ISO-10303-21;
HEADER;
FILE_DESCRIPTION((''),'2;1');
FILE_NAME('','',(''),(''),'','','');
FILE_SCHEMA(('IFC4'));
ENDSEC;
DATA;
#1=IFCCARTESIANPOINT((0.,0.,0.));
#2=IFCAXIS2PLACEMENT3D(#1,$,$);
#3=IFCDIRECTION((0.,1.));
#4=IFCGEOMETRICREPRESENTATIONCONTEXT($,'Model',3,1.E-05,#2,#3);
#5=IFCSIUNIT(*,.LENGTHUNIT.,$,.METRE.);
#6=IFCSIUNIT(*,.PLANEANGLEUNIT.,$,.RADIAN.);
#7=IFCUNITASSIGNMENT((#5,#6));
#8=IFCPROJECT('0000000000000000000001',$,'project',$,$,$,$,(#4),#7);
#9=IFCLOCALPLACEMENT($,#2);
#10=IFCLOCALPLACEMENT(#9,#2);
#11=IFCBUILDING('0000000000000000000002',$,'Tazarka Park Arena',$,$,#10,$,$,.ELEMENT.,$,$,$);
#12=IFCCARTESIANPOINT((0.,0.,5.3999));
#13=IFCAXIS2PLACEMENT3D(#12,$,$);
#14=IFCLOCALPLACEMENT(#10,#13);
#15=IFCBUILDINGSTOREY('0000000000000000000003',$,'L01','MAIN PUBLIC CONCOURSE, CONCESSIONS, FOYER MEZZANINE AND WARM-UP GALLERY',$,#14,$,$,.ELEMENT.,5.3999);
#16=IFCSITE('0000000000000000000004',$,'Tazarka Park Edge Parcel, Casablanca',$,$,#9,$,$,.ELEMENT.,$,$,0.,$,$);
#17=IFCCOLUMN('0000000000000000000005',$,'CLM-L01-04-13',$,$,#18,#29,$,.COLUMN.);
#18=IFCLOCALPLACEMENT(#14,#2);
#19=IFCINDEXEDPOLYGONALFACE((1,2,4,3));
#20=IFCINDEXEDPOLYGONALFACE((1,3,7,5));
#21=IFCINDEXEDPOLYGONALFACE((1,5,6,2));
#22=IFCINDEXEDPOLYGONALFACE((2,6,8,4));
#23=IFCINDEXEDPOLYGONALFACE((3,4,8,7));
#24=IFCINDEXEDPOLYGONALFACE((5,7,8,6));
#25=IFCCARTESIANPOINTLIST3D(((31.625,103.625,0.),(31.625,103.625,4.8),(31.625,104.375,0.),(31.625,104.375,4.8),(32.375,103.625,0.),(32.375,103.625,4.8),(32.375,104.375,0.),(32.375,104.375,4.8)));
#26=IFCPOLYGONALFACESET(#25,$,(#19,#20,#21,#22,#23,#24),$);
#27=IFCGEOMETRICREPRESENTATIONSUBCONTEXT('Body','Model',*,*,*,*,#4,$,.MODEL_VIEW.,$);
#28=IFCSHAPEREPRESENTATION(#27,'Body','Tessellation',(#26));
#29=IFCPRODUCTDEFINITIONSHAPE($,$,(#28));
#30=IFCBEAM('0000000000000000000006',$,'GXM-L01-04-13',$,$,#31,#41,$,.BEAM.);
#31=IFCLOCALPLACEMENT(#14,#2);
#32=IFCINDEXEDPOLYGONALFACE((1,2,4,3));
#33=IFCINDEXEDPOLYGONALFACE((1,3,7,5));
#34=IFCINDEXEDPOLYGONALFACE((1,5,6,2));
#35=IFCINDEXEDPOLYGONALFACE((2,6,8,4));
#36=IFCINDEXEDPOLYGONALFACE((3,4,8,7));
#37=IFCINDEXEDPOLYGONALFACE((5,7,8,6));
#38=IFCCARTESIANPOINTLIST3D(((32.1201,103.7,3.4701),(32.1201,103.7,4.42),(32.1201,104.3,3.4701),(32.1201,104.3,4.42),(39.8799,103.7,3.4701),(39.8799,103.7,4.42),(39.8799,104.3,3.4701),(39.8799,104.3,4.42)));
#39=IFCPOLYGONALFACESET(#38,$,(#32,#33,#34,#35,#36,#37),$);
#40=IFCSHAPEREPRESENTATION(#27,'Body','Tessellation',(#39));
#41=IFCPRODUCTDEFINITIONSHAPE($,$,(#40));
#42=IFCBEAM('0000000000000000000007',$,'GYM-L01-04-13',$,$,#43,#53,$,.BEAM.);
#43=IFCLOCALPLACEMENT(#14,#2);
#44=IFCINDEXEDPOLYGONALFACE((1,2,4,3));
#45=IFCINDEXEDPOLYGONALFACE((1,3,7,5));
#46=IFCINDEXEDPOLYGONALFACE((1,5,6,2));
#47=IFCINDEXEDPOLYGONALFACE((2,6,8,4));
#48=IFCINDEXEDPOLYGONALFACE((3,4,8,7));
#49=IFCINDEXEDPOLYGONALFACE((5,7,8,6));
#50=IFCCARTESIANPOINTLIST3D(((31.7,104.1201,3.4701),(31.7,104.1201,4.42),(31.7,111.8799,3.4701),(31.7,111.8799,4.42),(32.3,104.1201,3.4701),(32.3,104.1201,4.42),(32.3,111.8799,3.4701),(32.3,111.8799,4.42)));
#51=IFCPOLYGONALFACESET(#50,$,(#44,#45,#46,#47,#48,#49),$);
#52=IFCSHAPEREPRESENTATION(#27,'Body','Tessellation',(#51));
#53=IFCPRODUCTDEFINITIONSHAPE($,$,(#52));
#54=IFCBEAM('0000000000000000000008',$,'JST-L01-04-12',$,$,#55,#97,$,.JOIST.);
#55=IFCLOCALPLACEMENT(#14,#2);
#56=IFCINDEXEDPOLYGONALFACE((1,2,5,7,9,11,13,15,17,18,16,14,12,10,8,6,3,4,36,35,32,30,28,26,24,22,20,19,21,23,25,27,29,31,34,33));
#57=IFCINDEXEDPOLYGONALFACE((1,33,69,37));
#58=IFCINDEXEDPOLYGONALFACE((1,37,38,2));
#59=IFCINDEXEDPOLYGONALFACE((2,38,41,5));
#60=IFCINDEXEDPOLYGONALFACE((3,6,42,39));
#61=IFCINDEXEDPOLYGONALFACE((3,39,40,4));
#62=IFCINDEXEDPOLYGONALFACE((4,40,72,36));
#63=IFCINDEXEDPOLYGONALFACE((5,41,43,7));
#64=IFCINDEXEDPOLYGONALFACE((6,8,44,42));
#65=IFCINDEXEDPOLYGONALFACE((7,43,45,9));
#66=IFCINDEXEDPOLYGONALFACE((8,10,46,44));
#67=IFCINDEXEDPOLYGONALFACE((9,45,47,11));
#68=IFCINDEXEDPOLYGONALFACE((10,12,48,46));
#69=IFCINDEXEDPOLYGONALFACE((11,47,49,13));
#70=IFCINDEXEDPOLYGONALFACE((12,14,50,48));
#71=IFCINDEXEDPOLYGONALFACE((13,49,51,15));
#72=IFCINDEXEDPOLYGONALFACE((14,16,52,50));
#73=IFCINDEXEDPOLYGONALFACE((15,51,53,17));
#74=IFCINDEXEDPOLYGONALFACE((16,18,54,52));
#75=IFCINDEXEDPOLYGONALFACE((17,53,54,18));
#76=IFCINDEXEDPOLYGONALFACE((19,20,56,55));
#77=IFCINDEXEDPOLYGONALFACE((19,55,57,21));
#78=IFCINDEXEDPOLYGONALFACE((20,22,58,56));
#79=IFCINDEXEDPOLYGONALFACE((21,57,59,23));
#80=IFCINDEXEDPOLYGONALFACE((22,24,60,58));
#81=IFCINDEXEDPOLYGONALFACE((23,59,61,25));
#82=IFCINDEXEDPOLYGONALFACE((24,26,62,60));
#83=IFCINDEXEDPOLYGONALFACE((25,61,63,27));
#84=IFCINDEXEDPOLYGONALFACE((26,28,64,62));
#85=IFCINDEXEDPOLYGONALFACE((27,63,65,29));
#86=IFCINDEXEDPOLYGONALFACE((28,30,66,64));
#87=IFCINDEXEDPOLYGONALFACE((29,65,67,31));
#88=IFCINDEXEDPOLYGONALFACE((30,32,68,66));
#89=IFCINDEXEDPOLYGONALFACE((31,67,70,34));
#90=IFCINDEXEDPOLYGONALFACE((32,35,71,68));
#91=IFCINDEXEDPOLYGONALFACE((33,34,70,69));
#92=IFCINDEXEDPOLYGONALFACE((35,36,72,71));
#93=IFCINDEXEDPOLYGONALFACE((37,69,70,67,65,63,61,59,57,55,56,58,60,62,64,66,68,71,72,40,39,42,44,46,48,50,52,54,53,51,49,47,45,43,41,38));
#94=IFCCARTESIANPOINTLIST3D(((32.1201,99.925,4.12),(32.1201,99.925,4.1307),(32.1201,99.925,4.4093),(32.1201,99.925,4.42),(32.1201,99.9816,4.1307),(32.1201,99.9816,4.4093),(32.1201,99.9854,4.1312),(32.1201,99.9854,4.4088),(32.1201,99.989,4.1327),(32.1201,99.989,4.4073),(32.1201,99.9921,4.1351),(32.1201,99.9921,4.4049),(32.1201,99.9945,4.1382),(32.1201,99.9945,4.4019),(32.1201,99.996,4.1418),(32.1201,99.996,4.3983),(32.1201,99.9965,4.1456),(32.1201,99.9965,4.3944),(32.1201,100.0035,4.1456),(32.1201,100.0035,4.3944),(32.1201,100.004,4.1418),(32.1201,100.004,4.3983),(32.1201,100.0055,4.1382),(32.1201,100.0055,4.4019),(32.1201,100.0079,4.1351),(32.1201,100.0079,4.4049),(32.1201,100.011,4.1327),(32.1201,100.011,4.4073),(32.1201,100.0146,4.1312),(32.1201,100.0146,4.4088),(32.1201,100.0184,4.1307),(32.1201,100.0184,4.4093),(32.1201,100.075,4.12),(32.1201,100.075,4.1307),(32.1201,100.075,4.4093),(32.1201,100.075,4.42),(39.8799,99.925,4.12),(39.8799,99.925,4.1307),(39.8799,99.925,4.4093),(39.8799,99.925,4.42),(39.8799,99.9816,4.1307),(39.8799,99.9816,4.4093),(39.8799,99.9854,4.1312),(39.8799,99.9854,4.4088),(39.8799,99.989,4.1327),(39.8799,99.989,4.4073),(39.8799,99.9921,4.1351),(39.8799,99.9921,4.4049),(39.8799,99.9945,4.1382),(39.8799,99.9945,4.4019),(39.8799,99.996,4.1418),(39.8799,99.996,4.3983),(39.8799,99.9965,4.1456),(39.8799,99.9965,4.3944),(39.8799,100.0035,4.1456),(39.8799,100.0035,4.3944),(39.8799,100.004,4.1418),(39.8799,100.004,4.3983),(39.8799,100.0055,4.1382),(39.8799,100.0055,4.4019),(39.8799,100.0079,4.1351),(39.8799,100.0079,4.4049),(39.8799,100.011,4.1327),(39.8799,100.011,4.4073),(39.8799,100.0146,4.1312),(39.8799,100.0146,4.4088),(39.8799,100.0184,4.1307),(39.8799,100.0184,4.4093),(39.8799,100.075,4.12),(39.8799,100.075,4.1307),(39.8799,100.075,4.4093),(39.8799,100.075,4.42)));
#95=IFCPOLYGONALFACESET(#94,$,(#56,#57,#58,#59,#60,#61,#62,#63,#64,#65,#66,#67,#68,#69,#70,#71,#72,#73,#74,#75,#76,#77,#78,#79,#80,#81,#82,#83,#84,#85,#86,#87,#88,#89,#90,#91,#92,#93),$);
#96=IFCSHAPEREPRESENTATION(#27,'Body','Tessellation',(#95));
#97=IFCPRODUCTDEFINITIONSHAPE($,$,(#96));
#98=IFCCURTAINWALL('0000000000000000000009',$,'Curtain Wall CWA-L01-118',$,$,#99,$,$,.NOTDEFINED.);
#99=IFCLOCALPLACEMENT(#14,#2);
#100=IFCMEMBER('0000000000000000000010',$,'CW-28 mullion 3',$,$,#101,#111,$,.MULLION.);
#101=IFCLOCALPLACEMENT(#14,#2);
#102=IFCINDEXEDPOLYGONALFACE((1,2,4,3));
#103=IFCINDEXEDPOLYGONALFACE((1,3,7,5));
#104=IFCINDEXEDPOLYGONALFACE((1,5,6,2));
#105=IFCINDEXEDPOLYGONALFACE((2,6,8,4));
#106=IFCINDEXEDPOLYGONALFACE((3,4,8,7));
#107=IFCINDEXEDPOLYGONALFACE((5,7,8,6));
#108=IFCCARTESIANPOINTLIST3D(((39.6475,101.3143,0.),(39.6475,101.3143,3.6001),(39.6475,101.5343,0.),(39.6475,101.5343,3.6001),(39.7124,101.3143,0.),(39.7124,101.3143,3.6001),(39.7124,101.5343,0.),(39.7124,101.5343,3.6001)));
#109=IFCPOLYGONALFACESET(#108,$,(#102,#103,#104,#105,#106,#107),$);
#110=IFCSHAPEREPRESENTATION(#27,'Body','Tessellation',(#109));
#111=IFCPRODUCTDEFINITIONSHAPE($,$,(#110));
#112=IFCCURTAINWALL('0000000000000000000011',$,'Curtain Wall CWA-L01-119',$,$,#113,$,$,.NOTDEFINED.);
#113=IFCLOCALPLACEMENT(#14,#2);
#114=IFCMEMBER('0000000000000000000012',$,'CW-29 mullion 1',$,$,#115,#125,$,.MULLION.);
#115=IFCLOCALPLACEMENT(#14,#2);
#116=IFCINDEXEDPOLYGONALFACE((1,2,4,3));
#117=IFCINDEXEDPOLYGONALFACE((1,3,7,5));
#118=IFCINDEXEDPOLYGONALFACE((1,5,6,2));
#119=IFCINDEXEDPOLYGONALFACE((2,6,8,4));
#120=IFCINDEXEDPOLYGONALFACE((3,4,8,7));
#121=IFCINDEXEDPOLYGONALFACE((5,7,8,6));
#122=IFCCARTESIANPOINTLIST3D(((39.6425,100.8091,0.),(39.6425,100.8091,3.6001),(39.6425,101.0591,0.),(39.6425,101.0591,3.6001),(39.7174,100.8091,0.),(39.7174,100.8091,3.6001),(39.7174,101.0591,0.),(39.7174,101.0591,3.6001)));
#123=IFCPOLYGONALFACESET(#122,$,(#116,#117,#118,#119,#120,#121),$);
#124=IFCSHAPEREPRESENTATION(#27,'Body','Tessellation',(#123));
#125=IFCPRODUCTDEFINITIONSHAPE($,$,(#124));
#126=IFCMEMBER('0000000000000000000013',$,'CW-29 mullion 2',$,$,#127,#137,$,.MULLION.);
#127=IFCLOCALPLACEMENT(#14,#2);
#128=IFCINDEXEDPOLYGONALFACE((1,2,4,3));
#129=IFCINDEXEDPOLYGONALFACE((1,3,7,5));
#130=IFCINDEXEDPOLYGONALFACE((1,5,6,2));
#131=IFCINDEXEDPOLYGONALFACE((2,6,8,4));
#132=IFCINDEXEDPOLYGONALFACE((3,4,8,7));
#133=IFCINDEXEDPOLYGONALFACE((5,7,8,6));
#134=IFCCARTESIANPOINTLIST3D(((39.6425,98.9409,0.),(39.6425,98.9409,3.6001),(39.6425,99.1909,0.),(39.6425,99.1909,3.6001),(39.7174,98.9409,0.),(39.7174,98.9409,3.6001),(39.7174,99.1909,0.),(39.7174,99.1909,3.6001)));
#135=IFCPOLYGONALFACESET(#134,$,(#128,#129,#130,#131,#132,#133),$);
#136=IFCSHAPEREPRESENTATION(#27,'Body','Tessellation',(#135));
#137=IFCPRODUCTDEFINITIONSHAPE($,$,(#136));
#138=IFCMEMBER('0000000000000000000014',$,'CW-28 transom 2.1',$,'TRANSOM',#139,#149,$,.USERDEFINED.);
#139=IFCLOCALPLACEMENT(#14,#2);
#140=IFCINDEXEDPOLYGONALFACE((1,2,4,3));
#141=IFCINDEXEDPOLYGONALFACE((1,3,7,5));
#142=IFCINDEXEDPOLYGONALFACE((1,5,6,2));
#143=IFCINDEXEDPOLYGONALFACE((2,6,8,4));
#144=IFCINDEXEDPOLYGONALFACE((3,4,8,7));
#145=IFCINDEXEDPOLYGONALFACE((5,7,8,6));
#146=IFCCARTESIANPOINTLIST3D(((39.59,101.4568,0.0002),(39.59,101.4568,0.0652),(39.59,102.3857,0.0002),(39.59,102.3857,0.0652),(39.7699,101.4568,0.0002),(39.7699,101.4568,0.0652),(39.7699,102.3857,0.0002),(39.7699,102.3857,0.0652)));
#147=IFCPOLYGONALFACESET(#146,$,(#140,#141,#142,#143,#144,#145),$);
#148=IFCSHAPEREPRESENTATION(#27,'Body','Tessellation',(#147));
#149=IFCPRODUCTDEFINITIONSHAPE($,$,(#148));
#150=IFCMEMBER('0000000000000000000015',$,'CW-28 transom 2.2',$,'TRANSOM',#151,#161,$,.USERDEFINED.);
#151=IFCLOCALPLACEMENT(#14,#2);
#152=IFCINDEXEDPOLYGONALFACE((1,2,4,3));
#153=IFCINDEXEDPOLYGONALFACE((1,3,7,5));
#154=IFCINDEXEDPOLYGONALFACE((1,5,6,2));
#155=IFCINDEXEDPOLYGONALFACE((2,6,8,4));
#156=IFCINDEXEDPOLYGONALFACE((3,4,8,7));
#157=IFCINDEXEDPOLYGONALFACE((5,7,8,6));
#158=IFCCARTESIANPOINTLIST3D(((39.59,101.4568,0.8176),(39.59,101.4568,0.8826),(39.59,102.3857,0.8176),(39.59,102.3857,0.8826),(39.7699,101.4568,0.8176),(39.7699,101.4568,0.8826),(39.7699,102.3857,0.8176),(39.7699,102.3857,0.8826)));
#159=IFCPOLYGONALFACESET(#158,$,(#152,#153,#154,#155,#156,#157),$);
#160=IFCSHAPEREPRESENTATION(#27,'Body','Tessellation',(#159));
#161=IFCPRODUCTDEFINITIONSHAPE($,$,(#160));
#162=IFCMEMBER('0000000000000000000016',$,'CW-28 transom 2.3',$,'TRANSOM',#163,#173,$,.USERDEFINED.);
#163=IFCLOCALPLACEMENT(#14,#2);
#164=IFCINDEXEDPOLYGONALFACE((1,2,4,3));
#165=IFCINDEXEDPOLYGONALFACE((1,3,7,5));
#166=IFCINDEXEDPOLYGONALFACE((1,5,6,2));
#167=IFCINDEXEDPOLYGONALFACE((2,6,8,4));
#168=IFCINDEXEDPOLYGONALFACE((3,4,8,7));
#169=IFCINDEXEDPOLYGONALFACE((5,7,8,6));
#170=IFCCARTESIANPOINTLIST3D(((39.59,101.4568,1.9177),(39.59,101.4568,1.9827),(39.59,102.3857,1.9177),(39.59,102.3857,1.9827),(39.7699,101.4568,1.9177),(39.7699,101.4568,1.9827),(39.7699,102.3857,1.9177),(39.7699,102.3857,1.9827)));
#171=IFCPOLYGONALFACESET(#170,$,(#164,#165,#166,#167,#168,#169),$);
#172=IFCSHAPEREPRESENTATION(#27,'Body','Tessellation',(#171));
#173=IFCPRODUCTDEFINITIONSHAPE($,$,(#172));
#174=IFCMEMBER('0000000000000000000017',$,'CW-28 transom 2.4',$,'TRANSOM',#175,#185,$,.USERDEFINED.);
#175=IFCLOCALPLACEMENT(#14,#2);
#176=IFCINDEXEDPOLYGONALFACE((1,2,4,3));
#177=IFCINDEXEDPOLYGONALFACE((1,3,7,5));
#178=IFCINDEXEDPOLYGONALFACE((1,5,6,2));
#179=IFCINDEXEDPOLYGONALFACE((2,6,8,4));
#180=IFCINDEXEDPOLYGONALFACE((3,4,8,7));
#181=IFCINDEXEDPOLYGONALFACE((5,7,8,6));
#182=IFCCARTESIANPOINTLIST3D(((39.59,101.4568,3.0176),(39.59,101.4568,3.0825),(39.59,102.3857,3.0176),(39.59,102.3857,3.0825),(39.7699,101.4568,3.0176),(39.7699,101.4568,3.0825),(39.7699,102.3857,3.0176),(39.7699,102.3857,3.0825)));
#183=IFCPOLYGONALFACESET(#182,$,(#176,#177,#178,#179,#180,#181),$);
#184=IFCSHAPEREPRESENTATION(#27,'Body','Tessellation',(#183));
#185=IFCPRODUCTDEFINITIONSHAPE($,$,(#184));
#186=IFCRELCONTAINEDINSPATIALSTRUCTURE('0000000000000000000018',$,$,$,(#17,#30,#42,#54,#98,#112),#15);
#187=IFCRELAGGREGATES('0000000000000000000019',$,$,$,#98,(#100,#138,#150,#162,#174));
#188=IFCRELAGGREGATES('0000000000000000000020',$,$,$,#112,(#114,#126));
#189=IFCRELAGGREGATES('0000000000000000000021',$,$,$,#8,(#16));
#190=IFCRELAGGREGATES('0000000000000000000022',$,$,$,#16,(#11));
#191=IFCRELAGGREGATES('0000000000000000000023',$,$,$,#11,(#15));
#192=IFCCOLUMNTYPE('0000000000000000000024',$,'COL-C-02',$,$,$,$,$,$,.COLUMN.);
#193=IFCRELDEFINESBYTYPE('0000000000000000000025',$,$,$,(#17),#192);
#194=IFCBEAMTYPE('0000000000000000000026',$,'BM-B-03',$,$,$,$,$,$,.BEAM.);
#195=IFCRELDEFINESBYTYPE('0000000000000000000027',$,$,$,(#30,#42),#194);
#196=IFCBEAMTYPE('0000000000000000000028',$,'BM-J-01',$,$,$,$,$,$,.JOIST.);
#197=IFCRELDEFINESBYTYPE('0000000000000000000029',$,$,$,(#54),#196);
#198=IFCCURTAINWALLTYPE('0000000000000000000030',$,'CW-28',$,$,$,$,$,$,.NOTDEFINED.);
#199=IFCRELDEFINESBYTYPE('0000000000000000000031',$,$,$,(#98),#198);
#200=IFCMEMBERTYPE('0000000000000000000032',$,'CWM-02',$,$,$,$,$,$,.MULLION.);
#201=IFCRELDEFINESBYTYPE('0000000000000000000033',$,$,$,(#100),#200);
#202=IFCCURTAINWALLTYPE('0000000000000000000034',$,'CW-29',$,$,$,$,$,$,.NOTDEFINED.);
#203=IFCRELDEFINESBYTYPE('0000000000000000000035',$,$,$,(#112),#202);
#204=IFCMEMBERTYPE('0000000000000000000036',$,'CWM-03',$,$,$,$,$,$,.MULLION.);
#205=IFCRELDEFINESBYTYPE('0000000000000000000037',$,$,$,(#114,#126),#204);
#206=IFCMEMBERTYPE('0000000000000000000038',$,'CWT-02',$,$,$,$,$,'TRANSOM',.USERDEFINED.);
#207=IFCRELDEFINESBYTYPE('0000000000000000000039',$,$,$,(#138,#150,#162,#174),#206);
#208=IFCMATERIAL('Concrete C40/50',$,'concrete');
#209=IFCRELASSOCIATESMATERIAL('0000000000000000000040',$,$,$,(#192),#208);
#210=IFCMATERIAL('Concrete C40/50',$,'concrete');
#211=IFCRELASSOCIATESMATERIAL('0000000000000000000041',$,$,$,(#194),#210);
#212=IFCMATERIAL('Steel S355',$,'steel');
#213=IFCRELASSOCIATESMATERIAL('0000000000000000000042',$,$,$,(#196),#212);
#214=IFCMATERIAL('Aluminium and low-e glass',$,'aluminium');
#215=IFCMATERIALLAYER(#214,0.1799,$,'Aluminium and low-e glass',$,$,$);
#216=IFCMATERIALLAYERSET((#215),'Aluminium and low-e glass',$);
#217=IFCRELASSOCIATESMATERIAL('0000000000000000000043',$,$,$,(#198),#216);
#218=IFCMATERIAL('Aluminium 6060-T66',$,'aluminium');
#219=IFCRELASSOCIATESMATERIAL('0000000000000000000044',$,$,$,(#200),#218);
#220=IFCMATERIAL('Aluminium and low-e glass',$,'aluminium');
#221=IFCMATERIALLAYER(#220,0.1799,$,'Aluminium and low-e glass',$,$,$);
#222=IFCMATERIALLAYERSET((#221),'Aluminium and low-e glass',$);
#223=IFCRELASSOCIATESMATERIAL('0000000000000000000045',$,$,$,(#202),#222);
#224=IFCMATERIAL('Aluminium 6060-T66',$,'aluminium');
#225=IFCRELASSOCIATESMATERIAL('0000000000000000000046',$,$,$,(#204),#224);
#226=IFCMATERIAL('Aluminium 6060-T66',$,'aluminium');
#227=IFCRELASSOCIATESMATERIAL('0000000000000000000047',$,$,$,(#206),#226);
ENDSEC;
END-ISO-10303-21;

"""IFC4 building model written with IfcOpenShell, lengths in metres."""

from ifc_helpers import new_model, si_unit, direction, frame, origin, origin_2d, place, context, subcontext, project, spatial, rectangle, i_section, extrude, material, layer, layer_set, material_profile, profile_set, type_object, element, aggregate, save


model = new_model("IFC4")

# Units and contexts
model_context = context("Model", 3, precision=1e-05, world=origin(), true_north=direction((0.0, 1.0)))
body_context = subcontext(model_context, "Body", "Model", "MODEL_VIEW")
ifc_project = project(units=[si_unit("LENGTHUNIT", "METRE"), si_unit("PLANEANGLEUNIT", "RADIAN")], contexts=[model_context])

# Site, building, storey
site_placement = place(None, origin())
site = spatial("IfcSite", under=ifc_project, at=site_placement, Name="Tazarka Park Edge Parcel, Casablanca", CompositionType="ELEMENT", RefElevation=0.0)
building_placement = place(site_placement, origin())
building = spatial("IfcBuilding", under=site, at=building_placement, Name="Tazarka Park Arena", CompositionType="ELEMENT")
storey_placement = place(building_placement, frame((0.0, 0.0, 5.3999)))
storey = spatial("IfcBuildingStorey", under=building, at=storey_placement, Name="L01", Description="MAIN PUBLIC CONCOURSE, CONCESSIONS, FOYER MEZZANINE AND WARM-UP GALLERY", CompositionType="ELEMENT", Elevation=5.3999)

# Column
ifc_material_1 = material(Name="Concrete C40/50", Category="concrete")
ifc_material_profile_1 = material_profile(ifc_material_1, rectangle(XDim=0.75, YDim=0.75, at=origin_2d()), Name="Concrete C40/50")
ifc_profile_set_1 = profile_set([ifc_material_profile_1], Name="Concrete C40/50")
column_type = type_object("IfcColumnType", Name="COL-C-02", PredefinedType="COLUMN", material=ifc_profile_set_1)
column_placement = place(storey_placement, frame((32.0, 104.0, 0.0), z_axis=(0.0, 0.0, 1.0), x_axis=(1.0, 0.0, 0.0)))
element("IfcColumn", 1, at=column_placement, inside=storey, type_object=column_type, Name="CLM-L01-04-13", PredefinedType="COLUMN", context=body_context, shape_type="SweptSolid", body=[
    extrude(rectangle(XDim=0.75, YDim=0.75, at=origin_2d()), origin(), (0.0, 0.0, 1.0), 4.8),
])

# Beams
ifc_material_2 = material(Name="Concrete C40/50", Category="concrete")
ifc_material_profile_2 = material_profile(ifc_material_2, rectangle(XDim=0.6001, YDim=0.95, at=origin_2d()), Name="Concrete C40/50")
ifc_profile_set_2 = profile_set([ifc_material_profile_2], Name="Concrete C40/50")
beam_type_1 = type_object("IfcBeamType", Name="BM-B-03", PredefinedType="BEAM", material=ifc_profile_set_2)
for number, where, z_axis, x_axis, name in (
    (2, (32.1201, 104.0, 3.9451), (1.0, 0.0, 0.0), (0.0, 1.0, 0.0), "GXM-L01-04-13"),
    (3, (32.0, 104.1201, 3.9451), (0.0, 1.0, 0.0), (-1.0, 0.0, 0.0), "GYM-L01-04-13"),
):
    element("IfcBeam", number, at=place(storey_placement, frame(where, z_axis=z_axis, x_axis=x_axis)), inside=storey, type_object=beam_type_1, Name=name, PredefinedType="BEAM", context=body_context, shape_type="SweptSolid", body=[
        extrude(rectangle(XDim=0.6001, YDim=0.95, at=origin_2d()), origin(), (0.0, 0.0, 1.0), 7.7598),
    ])
ifc_material_3 = material(Name="Steel S355", Category="steel")
ifc_material_profile_3 = material_profile(ifc_material_3, i_section(OverallWidth=0.1499, OverallDepth=0.3, WebThickness=0.0071, FlangeThickness=0.0107, FilletRadius=0.0149, at=origin_2d()), Name="Steel S355")
ifc_profile_set_3 = profile_set([ifc_material_profile_3], Name="Steel S355")
beam_type_2 = type_object("IfcBeamType", Name="BM-J-01", PredefinedType="JOIST", material=ifc_profile_set_3)
beam_placement = place(storey_placement, frame((32.1201, 100.0, 4.27), z_axis=(1.0, 0.0, 0.0), x_axis=(0.0, 1.0, 0.0)))
element("IfcBeam", 4, at=beam_placement, inside=storey, type_object=beam_type_2, Name="JST-L01-04-12", PredefinedType="JOIST", context=body_context, shape_type="SweptSolid", body=[
    extrude(i_section(OverallWidth=0.1499, OverallDepth=0.3, WebThickness=0.0071, FlangeThickness=0.0107, FilletRadius=0.0149, at=origin_2d()), origin(), (0.0, 0.0, 1.0), 7.7598),
])

# Curtain wall, member
ifc_material_4 = material(Name="Aluminium and low-e glass", Category="aluminium")
ifc_layer_1 = layer(ifc_material_4, 0.1799, Name="Aluminium and low-e glass")
ifc_layer_set_1 = layer_set([ifc_layer_1], Name="Aluminium and low-e glass")
curtain_wall_type_1 = type_object("IfcCurtainWallType", Name="CW-28", PredefinedType="NOTDEFINED", material=ifc_layer_set_1)
curtain_wall_1_placement = place(storey_placement, origin())
curtain_wall_1 = element("IfcCurtainWall", 5, at=curtain_wall_1_placement, inside=storey, type_object=curtain_wall_type_1, Name="Curtain Wall CWA-L01-118", PredefinedType="NOTDEFINED")
ifc_material_5 = material(Name="Aluminium 6060-T66", Category="aluminium")
ifc_material_profile_4 = material_profile(ifc_material_5, rectangle(XDim=0.0649, YDim=0.22, at=origin_2d()), Name="Aluminium 6060-T66")
ifc_profile_set_4 = profile_set([ifc_material_profile_4], Name="Aluminium 6060-T66")
member_type_1 = type_object("IfcMemberType", Name="CWM-02", PredefinedType="MULLION", material=ifc_profile_set_4)
member_1_placement = place(storey_placement, frame((39.6799, 101.4243, 0.0), z_axis=(0.0, 0.0, 1.0), x_axis=(1.0, 0.0, 0.0)))
member_1 = element("IfcMember", 6, at=member_1_placement, type_object=member_type_1, Name="CW-28 mullion 3", PredefinedType="MULLION", context=body_context, shape_type="SweptSolid", body=[
    extrude(rectangle(XDim=0.0649, YDim=0.22, at=origin_2d()), origin(), (0.0, 0.0, 1.0), 3.6001),
])

# Curtain wall, members
ifc_material_6 = material(Name="Aluminium and low-e glass", Category="aluminium")
ifc_layer_2 = layer(ifc_material_6, 0.1799, Name="Aluminium and low-e glass")
ifc_layer_set_2 = layer_set([ifc_layer_2], Name="Aluminium and low-e glass")
curtain_wall_type_2 = type_object("IfcCurtainWallType", Name="CW-29", PredefinedType="NOTDEFINED", material=ifc_layer_set_2)
curtain_wall_2_placement = place(storey_placement, origin())
curtain_wall_2 = element("IfcCurtainWall", 7, at=curtain_wall_2_placement, inside=storey, type_object=curtain_wall_type_2, Name="Curtain Wall CWA-L01-119", PredefinedType="NOTDEFINED")
ifc_material_7 = material(Name="Aluminium 6060-T66", Category="aluminium")
ifc_material_profile_5 = material_profile(ifc_material_7, rectangle(XDim=0.075, YDim=0.25, at=origin_2d()), Name="Aluminium 6060-T66")
ifc_profile_set_5 = profile_set([ifc_material_profile_5], Name="Aluminium 6060-T66")
member_type_2 = type_object("IfcMemberType", Name="CWM-03", PredefinedType="MULLION", material=ifc_profile_set_5)
member_2_placement = place(storey_placement, frame((39.6799, 100.9341, 0.0), z_axis=(0.0, 0.0, 1.0), x_axis=(1.0, 0.0, 0.0)))
member_2 = element("IfcMember", 8, at=member_2_placement, type_object=member_type_2, Name="CW-29 mullion 1", PredefinedType="MULLION", context=body_context, shape_type="SweptSolid", body=[
    extrude(rectangle(XDim=0.075, YDim=0.25, at=origin_2d()), origin(), (0.0, 0.0, 1.0), 3.6001),
])
member_3_placement = place(storey_placement, frame((39.6799, 99.0659, 0.0), z_axis=(0.0, 0.0, 1.0), x_axis=(1.0, 0.0, 0.0)))
member_3 = element("IfcMember", 9, at=member_3_placement, type_object=member_type_2, Name="CW-29 mullion 2", PredefinedType="MULLION", context=body_context, shape_type="SweptSolid", body=[
    extrude(rectangle(XDim=0.075, YDim=0.25, at=origin_2d()), origin(), (0.0, 0.0, 1.0), 3.6001),
])

# Members
ifc_material_8 = material(Name="Aluminium 6060-T66", Category="aluminium")
ifc_material_profile_6 = material_profile(ifc_material_8, rectangle(XDim=0.1799, YDim=0.0649, at=origin_2d()), Name="Aluminium 6060-T66")
ifc_profile_set_6 = profile_set([ifc_material_profile_6], Name="Aluminium 6060-T66")
member_type_3 = type_object("IfcMemberType", Name="CWT-02", ElementType="TRANSOM", PredefinedType="USERDEFINED", material=ifc_profile_set_6)
member_4_placement = place(storey_placement, frame((39.6799, 102.3857, 0.0327), z_axis=(0.0, -1.0, 0.0), x_axis=(1.0, 0.0, 0.0)))
member_4 = element("IfcMember", 10, at=member_4_placement, type_object=member_type_3, Name="CW-28 transom 2.1", ObjectType="TRANSOM", PredefinedType="USERDEFINED", context=body_context, shape_type="SweptSolid", body=[
    extrude(rectangle(XDim=0.1799, YDim=0.0649, at=origin_2d()), origin(), (0.0, 0.0, 1.0), 0.929),
])
member_5_placement = place(storey_placement, frame((39.6799, 102.3857, 0.8501), z_axis=(0.0, -1.0, 0.0), x_axis=(1.0, 0.0, 0.0)))
member_5 = element("IfcMember", 11, at=member_5_placement, type_object=member_type_3, Name="CW-28 transom 2.2", ObjectType="TRANSOM", PredefinedType="USERDEFINED", context=body_context, shape_type="SweptSolid", body=[
    extrude(rectangle(XDim=0.1799, YDim=0.0649, at=origin_2d()), origin(), (0.0, 0.0, 1.0), 0.929),
])
member_6_placement = place(storey_placement, frame((39.6799, 102.3857, 1.9502), z_axis=(0.0, -1.0, 0.0), x_axis=(1.0, 0.0, 0.0)))
member_6 = element("IfcMember", 12, at=member_6_placement, type_object=member_type_3, Name="CW-28 transom 2.3", ObjectType="TRANSOM", PredefinedType="USERDEFINED", context=body_context, shape_type="SweptSolid", body=[
    extrude(rectangle(XDim=0.1799, YDim=0.0649, at=origin_2d()), origin(), (0.0, 0.0, 1.0), 0.929),
])
member_7_placement = place(storey_placement, frame((39.6799, 102.3857, 3.05), z_axis=(0.0, -1.0, 0.0), x_axis=(1.0, 0.0, 0.0)))
member_7 = element("IfcMember", 13, at=member_7_placement, type_object=member_type_3, Name="CW-28 transom 2.4", ObjectType="TRANSOM", PredefinedType="USERDEFINED", context=body_context, shape_type="SweptSolid", body=[
    extrude(rectangle(XDim=0.1799, YDim=0.0649, at=origin_2d()), origin(), (0.0, 0.0, 1.0), 0.929),
])

aggregate(curtain_wall_1, [member_1, member_4, member_5, member_6, member_7])
aggregate(curtain_wall_2, [member_2, member_3])

save(model, "model.ifc")
